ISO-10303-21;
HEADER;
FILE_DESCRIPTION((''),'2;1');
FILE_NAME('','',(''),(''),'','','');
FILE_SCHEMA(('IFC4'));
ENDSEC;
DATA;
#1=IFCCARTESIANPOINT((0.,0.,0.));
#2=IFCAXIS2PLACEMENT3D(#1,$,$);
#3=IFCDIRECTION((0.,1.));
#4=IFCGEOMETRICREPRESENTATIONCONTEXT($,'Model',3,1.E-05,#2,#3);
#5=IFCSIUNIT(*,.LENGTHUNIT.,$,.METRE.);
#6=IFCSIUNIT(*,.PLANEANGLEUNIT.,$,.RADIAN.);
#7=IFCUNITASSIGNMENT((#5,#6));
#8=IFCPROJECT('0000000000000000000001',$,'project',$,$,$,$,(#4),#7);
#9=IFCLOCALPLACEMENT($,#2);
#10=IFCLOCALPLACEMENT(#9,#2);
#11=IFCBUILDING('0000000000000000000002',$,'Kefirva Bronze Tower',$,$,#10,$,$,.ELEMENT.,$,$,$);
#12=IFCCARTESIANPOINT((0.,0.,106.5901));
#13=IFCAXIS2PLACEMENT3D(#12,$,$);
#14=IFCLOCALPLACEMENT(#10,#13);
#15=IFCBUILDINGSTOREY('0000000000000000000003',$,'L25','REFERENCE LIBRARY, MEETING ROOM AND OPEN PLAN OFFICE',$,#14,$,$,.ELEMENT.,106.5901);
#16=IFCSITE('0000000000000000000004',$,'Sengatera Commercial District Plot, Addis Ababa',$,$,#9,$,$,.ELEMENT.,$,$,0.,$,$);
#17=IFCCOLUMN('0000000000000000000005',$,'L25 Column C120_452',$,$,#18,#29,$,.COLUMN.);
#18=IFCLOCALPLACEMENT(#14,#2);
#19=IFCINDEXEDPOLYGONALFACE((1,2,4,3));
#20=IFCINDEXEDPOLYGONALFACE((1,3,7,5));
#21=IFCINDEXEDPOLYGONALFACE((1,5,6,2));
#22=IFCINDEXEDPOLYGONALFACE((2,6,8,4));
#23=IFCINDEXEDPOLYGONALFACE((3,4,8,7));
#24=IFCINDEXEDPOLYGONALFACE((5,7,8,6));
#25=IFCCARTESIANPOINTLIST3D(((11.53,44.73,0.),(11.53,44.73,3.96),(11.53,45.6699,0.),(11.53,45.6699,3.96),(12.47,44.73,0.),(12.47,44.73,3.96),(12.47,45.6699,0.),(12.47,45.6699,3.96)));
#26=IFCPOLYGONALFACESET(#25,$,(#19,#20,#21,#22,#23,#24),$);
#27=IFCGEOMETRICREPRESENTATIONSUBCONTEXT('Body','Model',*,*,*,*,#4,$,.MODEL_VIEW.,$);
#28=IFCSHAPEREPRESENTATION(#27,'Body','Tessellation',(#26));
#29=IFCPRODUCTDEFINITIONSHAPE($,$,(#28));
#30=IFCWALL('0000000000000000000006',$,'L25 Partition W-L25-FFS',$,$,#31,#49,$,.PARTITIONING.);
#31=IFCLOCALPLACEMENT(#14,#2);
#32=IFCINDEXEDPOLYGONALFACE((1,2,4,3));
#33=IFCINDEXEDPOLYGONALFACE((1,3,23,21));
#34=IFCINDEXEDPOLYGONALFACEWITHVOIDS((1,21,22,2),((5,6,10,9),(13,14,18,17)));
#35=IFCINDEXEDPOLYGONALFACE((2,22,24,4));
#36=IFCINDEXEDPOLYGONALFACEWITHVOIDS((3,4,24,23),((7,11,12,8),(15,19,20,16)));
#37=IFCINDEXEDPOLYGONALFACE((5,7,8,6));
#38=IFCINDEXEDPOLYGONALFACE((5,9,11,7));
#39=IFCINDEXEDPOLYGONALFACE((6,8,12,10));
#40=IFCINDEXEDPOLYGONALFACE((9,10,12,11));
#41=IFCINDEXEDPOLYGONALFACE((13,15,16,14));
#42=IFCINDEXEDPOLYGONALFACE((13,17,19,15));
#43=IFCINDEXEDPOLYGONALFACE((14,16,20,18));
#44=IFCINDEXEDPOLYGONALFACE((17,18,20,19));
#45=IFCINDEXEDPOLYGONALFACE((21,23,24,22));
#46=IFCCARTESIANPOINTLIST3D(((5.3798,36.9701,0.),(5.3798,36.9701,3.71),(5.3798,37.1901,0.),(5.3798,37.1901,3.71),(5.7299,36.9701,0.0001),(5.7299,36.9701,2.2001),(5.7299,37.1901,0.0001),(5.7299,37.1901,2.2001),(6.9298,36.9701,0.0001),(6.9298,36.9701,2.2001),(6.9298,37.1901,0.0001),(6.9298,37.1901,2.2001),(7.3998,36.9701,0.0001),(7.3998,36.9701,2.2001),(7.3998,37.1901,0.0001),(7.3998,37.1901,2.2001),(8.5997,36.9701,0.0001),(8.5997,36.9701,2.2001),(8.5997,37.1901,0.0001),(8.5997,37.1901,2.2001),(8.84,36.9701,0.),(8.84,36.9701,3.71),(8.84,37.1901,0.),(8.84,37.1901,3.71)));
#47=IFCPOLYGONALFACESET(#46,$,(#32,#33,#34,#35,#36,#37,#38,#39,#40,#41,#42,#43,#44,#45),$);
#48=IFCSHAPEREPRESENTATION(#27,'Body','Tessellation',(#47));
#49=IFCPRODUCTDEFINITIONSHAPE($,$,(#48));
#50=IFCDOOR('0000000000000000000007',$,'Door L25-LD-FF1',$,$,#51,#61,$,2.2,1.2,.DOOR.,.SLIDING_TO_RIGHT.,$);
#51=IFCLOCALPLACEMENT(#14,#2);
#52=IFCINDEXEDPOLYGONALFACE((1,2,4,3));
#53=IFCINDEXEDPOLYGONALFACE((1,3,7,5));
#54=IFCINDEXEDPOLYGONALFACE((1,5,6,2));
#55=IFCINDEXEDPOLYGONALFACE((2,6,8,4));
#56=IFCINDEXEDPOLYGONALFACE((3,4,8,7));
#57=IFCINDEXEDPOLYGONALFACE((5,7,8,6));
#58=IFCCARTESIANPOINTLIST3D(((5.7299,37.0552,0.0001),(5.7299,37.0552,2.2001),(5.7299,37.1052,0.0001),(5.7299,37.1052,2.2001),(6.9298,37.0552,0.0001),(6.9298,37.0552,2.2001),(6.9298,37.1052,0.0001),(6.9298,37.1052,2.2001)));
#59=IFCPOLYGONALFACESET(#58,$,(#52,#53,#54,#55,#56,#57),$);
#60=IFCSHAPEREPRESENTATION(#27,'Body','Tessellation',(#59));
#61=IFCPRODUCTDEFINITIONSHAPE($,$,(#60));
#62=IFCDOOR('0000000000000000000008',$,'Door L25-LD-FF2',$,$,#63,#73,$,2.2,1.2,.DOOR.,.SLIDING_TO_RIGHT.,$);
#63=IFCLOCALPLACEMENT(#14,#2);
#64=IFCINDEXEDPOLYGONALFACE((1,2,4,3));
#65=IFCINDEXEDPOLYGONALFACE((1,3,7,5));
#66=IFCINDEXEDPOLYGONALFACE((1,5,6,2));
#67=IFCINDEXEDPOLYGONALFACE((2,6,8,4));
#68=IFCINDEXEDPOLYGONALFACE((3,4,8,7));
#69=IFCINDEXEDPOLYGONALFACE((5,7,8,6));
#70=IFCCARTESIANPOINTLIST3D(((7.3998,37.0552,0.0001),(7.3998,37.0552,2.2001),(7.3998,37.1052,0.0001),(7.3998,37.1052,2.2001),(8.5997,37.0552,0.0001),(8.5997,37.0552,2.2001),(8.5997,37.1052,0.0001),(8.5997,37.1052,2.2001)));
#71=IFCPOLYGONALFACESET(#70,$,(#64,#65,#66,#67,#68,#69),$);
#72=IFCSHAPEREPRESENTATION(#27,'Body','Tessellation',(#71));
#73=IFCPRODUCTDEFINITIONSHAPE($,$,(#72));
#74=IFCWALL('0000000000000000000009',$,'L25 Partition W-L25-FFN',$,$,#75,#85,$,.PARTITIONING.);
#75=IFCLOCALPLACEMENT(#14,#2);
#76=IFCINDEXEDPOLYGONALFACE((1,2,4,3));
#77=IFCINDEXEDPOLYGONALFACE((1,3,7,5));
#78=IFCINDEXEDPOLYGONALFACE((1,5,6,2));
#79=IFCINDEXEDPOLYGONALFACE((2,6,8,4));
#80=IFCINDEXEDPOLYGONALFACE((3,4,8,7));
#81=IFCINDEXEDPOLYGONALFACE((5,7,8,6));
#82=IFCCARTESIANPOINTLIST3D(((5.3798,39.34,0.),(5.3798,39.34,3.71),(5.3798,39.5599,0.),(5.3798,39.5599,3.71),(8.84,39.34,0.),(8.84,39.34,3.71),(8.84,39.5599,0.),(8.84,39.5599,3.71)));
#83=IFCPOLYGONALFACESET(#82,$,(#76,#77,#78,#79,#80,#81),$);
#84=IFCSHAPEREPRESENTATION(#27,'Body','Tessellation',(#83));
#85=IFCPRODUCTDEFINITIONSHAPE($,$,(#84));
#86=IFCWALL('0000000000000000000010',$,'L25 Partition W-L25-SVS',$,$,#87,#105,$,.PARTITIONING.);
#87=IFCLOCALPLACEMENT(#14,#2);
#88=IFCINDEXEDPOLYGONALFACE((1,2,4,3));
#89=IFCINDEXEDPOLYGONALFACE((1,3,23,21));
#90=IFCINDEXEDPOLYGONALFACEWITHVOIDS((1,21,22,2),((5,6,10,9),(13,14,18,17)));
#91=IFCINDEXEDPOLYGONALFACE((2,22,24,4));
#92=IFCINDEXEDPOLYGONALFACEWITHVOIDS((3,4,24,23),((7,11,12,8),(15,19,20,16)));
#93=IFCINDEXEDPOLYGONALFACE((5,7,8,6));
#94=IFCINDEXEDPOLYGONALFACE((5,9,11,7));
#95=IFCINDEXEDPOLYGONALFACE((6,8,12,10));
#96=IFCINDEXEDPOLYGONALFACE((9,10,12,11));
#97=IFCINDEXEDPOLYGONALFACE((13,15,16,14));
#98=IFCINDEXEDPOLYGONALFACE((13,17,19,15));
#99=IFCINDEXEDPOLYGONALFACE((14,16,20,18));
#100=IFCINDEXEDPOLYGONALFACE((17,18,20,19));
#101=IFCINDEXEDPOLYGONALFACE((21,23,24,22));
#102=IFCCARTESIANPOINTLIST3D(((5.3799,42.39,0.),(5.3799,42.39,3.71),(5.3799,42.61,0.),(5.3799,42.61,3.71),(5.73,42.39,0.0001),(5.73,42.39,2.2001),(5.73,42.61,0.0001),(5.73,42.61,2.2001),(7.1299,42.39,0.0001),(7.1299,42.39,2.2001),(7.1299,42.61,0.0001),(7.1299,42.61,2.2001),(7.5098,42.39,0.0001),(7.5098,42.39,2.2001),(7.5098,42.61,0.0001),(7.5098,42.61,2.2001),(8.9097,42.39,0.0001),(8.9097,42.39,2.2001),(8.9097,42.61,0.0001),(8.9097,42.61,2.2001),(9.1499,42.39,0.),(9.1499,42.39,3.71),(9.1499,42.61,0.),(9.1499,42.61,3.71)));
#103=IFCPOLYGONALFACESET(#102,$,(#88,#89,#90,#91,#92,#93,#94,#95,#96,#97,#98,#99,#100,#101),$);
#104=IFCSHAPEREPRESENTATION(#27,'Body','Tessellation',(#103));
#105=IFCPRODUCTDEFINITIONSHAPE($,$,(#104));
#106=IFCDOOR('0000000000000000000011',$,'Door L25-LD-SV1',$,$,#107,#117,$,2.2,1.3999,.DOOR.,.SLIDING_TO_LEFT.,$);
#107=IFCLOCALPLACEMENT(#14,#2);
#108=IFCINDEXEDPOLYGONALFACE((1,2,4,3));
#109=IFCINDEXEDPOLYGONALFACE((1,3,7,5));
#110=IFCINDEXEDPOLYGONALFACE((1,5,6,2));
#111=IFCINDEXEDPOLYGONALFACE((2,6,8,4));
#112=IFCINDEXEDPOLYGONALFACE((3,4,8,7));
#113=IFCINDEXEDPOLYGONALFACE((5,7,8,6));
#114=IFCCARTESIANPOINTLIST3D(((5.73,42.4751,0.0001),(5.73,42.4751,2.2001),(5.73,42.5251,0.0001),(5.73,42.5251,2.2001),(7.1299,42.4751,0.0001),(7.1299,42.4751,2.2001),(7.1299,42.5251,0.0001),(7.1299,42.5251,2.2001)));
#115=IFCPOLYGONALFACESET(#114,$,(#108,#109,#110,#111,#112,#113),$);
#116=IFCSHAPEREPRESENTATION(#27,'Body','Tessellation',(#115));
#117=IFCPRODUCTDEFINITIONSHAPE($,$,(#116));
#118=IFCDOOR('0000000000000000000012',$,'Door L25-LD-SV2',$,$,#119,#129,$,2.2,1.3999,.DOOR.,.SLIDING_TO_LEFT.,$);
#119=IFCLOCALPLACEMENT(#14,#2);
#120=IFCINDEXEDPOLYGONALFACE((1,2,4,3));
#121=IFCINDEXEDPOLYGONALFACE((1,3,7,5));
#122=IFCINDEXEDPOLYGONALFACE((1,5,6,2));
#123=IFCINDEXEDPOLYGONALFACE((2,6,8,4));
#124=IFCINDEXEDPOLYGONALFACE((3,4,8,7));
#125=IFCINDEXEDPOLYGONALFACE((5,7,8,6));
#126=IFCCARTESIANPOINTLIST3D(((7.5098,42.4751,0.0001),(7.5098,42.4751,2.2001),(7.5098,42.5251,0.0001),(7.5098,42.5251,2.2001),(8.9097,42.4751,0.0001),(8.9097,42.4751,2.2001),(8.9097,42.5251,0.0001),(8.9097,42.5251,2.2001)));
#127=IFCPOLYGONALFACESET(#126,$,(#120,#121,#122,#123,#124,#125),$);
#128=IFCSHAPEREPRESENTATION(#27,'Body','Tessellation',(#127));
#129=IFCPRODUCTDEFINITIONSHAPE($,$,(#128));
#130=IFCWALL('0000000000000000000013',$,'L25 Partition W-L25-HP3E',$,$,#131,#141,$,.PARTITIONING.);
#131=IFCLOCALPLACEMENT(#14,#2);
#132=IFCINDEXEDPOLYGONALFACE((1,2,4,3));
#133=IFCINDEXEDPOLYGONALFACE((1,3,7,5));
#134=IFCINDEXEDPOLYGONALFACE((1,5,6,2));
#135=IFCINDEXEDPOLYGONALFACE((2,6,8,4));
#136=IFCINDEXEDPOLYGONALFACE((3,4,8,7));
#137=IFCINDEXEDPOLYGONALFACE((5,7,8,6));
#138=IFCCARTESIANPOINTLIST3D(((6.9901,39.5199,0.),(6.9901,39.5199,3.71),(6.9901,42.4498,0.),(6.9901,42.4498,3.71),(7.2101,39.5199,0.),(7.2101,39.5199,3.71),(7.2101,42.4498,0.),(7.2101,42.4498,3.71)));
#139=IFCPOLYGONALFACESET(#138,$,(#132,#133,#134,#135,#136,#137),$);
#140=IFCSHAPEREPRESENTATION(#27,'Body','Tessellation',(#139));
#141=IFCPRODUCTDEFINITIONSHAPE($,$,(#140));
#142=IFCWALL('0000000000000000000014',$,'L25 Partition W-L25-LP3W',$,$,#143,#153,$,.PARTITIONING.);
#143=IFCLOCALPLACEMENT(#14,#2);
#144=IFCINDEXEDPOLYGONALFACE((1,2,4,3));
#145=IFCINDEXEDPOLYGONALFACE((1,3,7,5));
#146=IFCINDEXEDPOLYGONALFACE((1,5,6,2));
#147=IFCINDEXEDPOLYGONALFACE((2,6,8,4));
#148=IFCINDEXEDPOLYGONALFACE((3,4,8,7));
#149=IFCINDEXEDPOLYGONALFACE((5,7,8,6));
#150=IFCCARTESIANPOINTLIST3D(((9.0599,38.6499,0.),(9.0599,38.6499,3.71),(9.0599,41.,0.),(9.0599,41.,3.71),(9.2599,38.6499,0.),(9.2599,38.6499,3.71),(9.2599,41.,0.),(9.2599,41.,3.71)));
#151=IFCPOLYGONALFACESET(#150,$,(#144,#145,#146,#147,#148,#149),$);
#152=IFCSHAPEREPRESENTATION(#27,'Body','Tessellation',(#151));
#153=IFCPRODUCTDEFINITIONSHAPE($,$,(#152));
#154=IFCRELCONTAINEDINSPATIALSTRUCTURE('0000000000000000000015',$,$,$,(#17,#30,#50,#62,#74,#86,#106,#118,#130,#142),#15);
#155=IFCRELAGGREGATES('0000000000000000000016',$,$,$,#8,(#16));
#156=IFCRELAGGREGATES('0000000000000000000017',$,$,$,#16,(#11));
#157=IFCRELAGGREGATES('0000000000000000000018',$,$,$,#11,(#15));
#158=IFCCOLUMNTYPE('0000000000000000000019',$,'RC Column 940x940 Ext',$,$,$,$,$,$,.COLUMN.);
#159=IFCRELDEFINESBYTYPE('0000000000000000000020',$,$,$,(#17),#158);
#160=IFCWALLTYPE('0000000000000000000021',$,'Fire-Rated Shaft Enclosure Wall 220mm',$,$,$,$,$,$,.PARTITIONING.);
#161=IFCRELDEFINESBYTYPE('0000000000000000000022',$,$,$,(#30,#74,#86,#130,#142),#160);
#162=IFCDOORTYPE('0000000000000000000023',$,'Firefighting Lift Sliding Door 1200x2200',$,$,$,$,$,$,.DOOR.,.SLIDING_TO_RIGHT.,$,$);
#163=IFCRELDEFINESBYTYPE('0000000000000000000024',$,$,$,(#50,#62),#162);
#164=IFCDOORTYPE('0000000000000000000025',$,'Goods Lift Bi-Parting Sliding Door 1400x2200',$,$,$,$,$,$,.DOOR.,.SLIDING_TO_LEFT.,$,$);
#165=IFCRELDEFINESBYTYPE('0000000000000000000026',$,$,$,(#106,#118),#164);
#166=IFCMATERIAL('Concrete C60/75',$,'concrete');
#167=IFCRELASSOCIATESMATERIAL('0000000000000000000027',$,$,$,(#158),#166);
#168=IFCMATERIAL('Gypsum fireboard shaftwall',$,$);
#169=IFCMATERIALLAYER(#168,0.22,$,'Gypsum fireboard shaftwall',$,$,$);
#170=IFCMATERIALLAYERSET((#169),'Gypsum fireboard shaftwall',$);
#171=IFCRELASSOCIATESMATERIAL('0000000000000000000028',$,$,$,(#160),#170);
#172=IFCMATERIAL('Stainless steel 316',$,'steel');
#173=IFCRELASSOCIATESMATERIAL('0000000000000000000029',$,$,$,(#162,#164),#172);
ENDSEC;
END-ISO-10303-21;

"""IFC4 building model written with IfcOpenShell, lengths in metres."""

from ifc_helpers import new_model, si_unit, direction, frame, frame_2d, origin, origin_2d, place, context, subcontext, project, spatial, rectangle, extrude, material, layer, layer_set, material_profile, profile_set, type_object, element, fill, save


model = new_model("IFC4")

# Units and contexts
model_context = context("Model", 3, precision=1e-05, world=origin(), true_north=direction((0.0, 1.0)))
body_context = subcontext(model_context, "Body", "Model", "MODEL_VIEW")
ifc_project = project(units=[si_unit("LENGTHUNIT", "METRE"), si_unit("PLANEANGLEUNIT", "RADIAN")], contexts=[model_context])

# Site, building, storey
site_placement = place(None, origin())
site = spatial("IfcSite", under=ifc_project, at=site_placement, Name="Sengatera Commercial District Plot, Addis Ababa", CompositionType="ELEMENT", RefElevation=0.0)
building_placement = place(site_placement, origin())
building = spatial("IfcBuilding", under=site, at=building_placement, Name="Kefirva Bronze Tower", CompositionType="ELEMENT")
storey_placement = place(building_placement, frame((0.0, 0.0, 106.5901)))
storey = spatial("IfcBuildingStorey", under=building, at=storey_placement, Name="L25", Description="REFERENCE LIBRARY, MEETING ROOM AND OPEN PLAN OFFICE", CompositionType="ELEMENT", Elevation=106.5901)

# Column
ifc_material_1 = material(Name="Concrete C60/75", Category="concrete")
ifc_material_profile = material_profile(ifc_material_1, rectangle(XDim=0.9399, YDim=0.9399, at=origin_2d()), Name="RC 940x940")
ifc_profile_set = profile_set([ifc_material_profile], Name="Concrete C60/75")
column_type = type_object("IfcColumnType", Name="RC Column 940x940 Ext", PredefinedType="COLUMN", material=ifc_profile_set)
column_placement = place(storey_placement, frame((12.0, 45.2, 0.0), z_axis=(0.0, 0.0, 1.0), x_axis=(1.0, 0.0, 0.0)))
element("IfcColumn", 1, at=column_placement, inside=storey, type_object=column_type, Name="L25 Column C120_452", PredefinedType="COLUMN", context=body_context, shape_type="SweptSolid", body=[
    extrude(rectangle(XDim=0.9399, YDim=0.9399, at=origin_2d()), origin(), (0.0, 0.0, 1.0), 3.96),
])

# Wall, openings, doors
ifc_material_2 = material(Name="Gypsum fireboard shaftwall")
ifc_layer_1 = layer(ifc_material_2, 0.22, Name="Gypsum fireboard shaftwall")
ifc_layer_set_1 = layer_set([ifc_layer_1], Name="Gypsum fireboard shaftwall")
wall_type_1 = type_object("IfcWallType", Name="Fire-Rated Shaft Enclosure Wall 220mm", PredefinedType="PARTITIONING", material=ifc_layer_set_1)
wall_1_placement = place(storey_placement, frame((5.3799, 37.0801, 0.0), z_axis=(0.0, 0.0, 1.0), x_axis=(1.0, 0.0, 0.0)))
wall_1 = element("IfcWall", 2, at=wall_1_placement, inside=storey, type_object=wall_type_1, Name="L25 Partition W-L25-FFS", PredefinedType="PARTITIONING", context=body_context, shape_type="SweptSolid", body=[
    extrude(rectangle(XDim=3.4602, YDim=0.22, at=frame_2d((1.73, 0.0))), origin(), (0.0, 0.0, 1.0), 3.71),
])
opening_1_placement = place(wall_1_placement, frame((1.55, 0.0, 0.0), z_axis=(0.0, 0.0, 1.0), x_axis=(-1.0, 0.0, 0.0)))
opening_1 = element("IfcOpeningElement", 3, at=opening_1_placement, cuts=wall_1, PredefinedType="OPENING", context=body_context, shape_type="SweptSolid", body=[
    extrude(rectangle(XDim=1.2, YDim=2.2, at=frame_2d((0.6001, 1.1001))), frame((0.0, 0.1201, 0.0), z_axis=(0.0, -1.0, 0.0), x_axis=(1.0, 0.0, 0.0)), (0.0, 0.0, 1.0), 0.24),
])
opening_2_placement = place(wall_1_placement, frame((3.22, 0.0, 0.0), z_axis=(0.0, 0.0, 1.0), x_axis=(-1.0, 0.0, 0.0)))
opening_2 = element("IfcOpeningElement", 4, at=opening_2_placement, cuts=wall_1, PredefinedType="OPENING", context=body_context, shape_type="SweptSolid", body=[
    extrude(rectangle(XDim=1.2, YDim=2.2, at=frame_2d((0.6001, 1.1001))), frame((0.0, 0.1201, 0.0), z_axis=(0.0, -1.0, 0.0), x_axis=(1.0, 0.0, 0.0)), (0.0, 0.0, 1.0), 0.24),
])
ifc_material_3 = material(Name="Stainless steel 316", Category="steel")
door_type_1 = type_object("IfcDoorType", Name="Firefighting Lift Sliding Door 1200x2200", OperationType="SLIDING_TO_RIGHT", PredefinedType="DOOR", material=ifc_material_3)
door_1_placement = place(opening_1_placement, origin())
door_1 = element("IfcDoor", 5, at=door_1_placement, inside=storey, type_object=door_type_1, Name="Door L25-LD-FF1", OperationType="SLIDING_TO_RIGHT", OverallHeight=2.2, OverallWidth=1.2, PredefinedType="DOOR", context=body_context, shape_type="SweptSolid", body=[
    extrude(rectangle(XDim=1.2, YDim=2.2, at=frame_2d((0.6001, 1.1001))), frame((0.0, 0.0249, 0.0), z_axis=(0.0, -1.0, 0.0), x_axis=(1.0, 0.0, 0.0)), (0.0, 0.0, 1.0), 0.05),
])
fill(opening_1, door_1)
door_2_placement = place(opening_2_placement, origin())
door_2 = element("IfcDoor", 6, at=door_2_placement, inside=storey, type_object=door_type_1, Name="Door L25-LD-FF2", OperationType="SLIDING_TO_RIGHT", OverallHeight=2.2, OverallWidth=1.2, PredefinedType="DOOR", context=body_context, shape_type="SweptSolid", body=[
    extrude(rectangle(XDim=1.2, YDim=2.2, at=frame_2d((0.6001, 1.1001))), frame((0.0, 0.0249, 0.0), z_axis=(0.0, -1.0, 0.0), x_axis=(1.0, 0.0, 0.0)), (0.0, 0.0, 1.0), 0.05),
])
fill(opening_2, door_2)

# Wall
wall_2_placement = place(storey_placement, frame((5.3799, 39.45, 0.0), z_axis=(0.0, 0.0, 1.0), x_axis=(1.0, 0.0, 0.0)))
element("IfcWall", 7, at=wall_2_placement, inside=storey, type_object=wall_type_1, Name="L25 Partition W-L25-FFN", PredefinedType="PARTITIONING", context=body_context, shape_type="SweptSolid", body=[
    extrude(rectangle(XDim=3.4602, YDim=0.22, at=frame_2d((1.73, 0.0))), origin(), (0.0, 0.0, 1.0), 3.71),
])

# Wall, openings, doors
wall_3_placement = place(storey_placement, frame((5.3799, 42.5, 0.0), z_axis=(0.0, 0.0, 1.0), x_axis=(1.0, 0.0, 0.0)))
wall_3 = element("IfcWall", 8, at=wall_3_placement, inside=storey, type_object=wall_type_1, Name="L25 Partition W-L25-SVS", PredefinedType="PARTITIONING", context=body_context, shape_type="SweptSolid", body=[
    extrude(rectangle(XDim=3.77, YDim=0.22, at=frame_2d((1.885, 0.0))), origin(), (0.0, 0.0, 1.0), 3.71),
])
opening_3_placement = place(wall_3_placement, frame((1.75, 0.0, 0.0), z_axis=(0.0, 0.0, 1.0), x_axis=(-1.0, 0.0, 0.0)))
opening_3 = element("IfcOpeningElement", 9, at=opening_3_placement, cuts=wall_3, PredefinedType="OPENING", context=body_context, shape_type="SweptSolid", body=[
    extrude(rectangle(XDim=1.3999, YDim=2.2, at=frame_2d((0.7, 1.1001))), frame((0.0, 0.1201, 0.0), z_axis=(0.0, -1.0, 0.0), x_axis=(1.0, 0.0, 0.0)), (0.0, 0.0, 1.0), 0.24),
])
opening_4_placement = place(wall_3_placement, frame((3.5298, 0.0, 0.0), z_axis=(0.0, 0.0, 1.0), x_axis=(-1.0, 0.0, 0.0)))
opening_4 = element("IfcOpeningElement", 10, at=opening_4_placement, cuts=wall_3, PredefinedType="OPENING", context=body_context, shape_type="SweptSolid", body=[
    extrude(rectangle(XDim=1.3999, YDim=2.2, at=frame_2d((0.7, 1.1001))), frame((0.0, 0.1201, 0.0), z_axis=(0.0, -1.0, 0.0), x_axis=(1.0, 0.0, 0.0)), (0.0, 0.0, 1.0), 0.24),
])
door_type_2 = type_object("IfcDoorType", Name="Goods Lift Bi-Parting Sliding Door 1400x2200", OperationType="SLIDING_TO_LEFT", PredefinedType="DOOR", material=ifc_material_3)
door_3_placement = place(opening_3_placement, origin())
door_3 = element("IfcDoor", 11, at=door_3_placement, inside=storey, type_object=door_type_2, Name="Door L25-LD-SV1", OperationType="SLIDING_TO_LEFT", OverallHeight=2.2, OverallWidth=1.3999, PredefinedType="DOOR", context=body_context, shape_type="SweptSolid", body=[
    extrude(rectangle(XDim=1.3999, YDim=2.2, at=frame_2d((0.7, 1.1001))), frame((0.0, 0.0249, 0.0), z_axis=(0.0, -1.0, 0.0), x_axis=(1.0, 0.0, 0.0)), (0.0, 0.0, 1.0), 0.05),
])
fill(opening_3, door_3)
door_4_placement = place(opening_4_placement, origin())
door_4 = element("IfcDoor", 12, at=door_4_placement, inside=storey, type_object=door_type_2, Name="Door L25-LD-SV2", OperationType="SLIDING_TO_LEFT", OverallHeight=2.2, OverallWidth=1.3999, PredefinedType="DOOR", context=body_context, shape_type="SweptSolid", body=[
    extrude(rectangle(XDim=1.3999, YDim=2.2, at=frame_2d((0.7, 1.1001))), frame((0.0, 0.0249, 0.0), z_axis=(0.0, -1.0, 0.0), x_axis=(1.0, 0.0, 0.0)), (0.0, 0.0, 1.0), 0.05),
])
fill(opening_4, door_4)

# Walls
wall_4_placement = place(storey_placement, frame((7.1001, 39.52, 0.0), z_axis=(0.0, 0.0, 1.0), x_axis=(0.0, 1.0, 0.0)))
element("IfcWall", 13, at=wall_4_placement, inside=storey, type_object=wall_type_1, Name="L25 Partition W-L25-HP3E", PredefinedType="PARTITIONING", context=body_context, shape_type="SweptSolid", body=[
    extrude(rectangle(XDim=2.9299, YDim=0.22, at=frame_2d((1.4648, 0.0))), origin(), (0.0, 0.0, 1.0), 3.71),
])
wall_5_placement = place(storey_placement, frame((9.1599, 38.6499, 0.0), z_axis=(0.0, 0.0, 1.0), x_axis=(0.0, 1.0, 0.0)))
element("IfcWall", 14, at=wall_5_placement, inside=storey, type_object=wall_type_1, Name="L25 Partition W-L25-LP3W", PredefinedType="PARTITIONING", context=body_context, shape_type="SweptSolid", body=[
    extrude(rectangle(XDim=2.3501, YDim=0.2, at=frame_2d((1.175, 0.0))), origin(), (0.0, 0.0, 1.0), 3.71),
])

save(model, "model.ifc")
